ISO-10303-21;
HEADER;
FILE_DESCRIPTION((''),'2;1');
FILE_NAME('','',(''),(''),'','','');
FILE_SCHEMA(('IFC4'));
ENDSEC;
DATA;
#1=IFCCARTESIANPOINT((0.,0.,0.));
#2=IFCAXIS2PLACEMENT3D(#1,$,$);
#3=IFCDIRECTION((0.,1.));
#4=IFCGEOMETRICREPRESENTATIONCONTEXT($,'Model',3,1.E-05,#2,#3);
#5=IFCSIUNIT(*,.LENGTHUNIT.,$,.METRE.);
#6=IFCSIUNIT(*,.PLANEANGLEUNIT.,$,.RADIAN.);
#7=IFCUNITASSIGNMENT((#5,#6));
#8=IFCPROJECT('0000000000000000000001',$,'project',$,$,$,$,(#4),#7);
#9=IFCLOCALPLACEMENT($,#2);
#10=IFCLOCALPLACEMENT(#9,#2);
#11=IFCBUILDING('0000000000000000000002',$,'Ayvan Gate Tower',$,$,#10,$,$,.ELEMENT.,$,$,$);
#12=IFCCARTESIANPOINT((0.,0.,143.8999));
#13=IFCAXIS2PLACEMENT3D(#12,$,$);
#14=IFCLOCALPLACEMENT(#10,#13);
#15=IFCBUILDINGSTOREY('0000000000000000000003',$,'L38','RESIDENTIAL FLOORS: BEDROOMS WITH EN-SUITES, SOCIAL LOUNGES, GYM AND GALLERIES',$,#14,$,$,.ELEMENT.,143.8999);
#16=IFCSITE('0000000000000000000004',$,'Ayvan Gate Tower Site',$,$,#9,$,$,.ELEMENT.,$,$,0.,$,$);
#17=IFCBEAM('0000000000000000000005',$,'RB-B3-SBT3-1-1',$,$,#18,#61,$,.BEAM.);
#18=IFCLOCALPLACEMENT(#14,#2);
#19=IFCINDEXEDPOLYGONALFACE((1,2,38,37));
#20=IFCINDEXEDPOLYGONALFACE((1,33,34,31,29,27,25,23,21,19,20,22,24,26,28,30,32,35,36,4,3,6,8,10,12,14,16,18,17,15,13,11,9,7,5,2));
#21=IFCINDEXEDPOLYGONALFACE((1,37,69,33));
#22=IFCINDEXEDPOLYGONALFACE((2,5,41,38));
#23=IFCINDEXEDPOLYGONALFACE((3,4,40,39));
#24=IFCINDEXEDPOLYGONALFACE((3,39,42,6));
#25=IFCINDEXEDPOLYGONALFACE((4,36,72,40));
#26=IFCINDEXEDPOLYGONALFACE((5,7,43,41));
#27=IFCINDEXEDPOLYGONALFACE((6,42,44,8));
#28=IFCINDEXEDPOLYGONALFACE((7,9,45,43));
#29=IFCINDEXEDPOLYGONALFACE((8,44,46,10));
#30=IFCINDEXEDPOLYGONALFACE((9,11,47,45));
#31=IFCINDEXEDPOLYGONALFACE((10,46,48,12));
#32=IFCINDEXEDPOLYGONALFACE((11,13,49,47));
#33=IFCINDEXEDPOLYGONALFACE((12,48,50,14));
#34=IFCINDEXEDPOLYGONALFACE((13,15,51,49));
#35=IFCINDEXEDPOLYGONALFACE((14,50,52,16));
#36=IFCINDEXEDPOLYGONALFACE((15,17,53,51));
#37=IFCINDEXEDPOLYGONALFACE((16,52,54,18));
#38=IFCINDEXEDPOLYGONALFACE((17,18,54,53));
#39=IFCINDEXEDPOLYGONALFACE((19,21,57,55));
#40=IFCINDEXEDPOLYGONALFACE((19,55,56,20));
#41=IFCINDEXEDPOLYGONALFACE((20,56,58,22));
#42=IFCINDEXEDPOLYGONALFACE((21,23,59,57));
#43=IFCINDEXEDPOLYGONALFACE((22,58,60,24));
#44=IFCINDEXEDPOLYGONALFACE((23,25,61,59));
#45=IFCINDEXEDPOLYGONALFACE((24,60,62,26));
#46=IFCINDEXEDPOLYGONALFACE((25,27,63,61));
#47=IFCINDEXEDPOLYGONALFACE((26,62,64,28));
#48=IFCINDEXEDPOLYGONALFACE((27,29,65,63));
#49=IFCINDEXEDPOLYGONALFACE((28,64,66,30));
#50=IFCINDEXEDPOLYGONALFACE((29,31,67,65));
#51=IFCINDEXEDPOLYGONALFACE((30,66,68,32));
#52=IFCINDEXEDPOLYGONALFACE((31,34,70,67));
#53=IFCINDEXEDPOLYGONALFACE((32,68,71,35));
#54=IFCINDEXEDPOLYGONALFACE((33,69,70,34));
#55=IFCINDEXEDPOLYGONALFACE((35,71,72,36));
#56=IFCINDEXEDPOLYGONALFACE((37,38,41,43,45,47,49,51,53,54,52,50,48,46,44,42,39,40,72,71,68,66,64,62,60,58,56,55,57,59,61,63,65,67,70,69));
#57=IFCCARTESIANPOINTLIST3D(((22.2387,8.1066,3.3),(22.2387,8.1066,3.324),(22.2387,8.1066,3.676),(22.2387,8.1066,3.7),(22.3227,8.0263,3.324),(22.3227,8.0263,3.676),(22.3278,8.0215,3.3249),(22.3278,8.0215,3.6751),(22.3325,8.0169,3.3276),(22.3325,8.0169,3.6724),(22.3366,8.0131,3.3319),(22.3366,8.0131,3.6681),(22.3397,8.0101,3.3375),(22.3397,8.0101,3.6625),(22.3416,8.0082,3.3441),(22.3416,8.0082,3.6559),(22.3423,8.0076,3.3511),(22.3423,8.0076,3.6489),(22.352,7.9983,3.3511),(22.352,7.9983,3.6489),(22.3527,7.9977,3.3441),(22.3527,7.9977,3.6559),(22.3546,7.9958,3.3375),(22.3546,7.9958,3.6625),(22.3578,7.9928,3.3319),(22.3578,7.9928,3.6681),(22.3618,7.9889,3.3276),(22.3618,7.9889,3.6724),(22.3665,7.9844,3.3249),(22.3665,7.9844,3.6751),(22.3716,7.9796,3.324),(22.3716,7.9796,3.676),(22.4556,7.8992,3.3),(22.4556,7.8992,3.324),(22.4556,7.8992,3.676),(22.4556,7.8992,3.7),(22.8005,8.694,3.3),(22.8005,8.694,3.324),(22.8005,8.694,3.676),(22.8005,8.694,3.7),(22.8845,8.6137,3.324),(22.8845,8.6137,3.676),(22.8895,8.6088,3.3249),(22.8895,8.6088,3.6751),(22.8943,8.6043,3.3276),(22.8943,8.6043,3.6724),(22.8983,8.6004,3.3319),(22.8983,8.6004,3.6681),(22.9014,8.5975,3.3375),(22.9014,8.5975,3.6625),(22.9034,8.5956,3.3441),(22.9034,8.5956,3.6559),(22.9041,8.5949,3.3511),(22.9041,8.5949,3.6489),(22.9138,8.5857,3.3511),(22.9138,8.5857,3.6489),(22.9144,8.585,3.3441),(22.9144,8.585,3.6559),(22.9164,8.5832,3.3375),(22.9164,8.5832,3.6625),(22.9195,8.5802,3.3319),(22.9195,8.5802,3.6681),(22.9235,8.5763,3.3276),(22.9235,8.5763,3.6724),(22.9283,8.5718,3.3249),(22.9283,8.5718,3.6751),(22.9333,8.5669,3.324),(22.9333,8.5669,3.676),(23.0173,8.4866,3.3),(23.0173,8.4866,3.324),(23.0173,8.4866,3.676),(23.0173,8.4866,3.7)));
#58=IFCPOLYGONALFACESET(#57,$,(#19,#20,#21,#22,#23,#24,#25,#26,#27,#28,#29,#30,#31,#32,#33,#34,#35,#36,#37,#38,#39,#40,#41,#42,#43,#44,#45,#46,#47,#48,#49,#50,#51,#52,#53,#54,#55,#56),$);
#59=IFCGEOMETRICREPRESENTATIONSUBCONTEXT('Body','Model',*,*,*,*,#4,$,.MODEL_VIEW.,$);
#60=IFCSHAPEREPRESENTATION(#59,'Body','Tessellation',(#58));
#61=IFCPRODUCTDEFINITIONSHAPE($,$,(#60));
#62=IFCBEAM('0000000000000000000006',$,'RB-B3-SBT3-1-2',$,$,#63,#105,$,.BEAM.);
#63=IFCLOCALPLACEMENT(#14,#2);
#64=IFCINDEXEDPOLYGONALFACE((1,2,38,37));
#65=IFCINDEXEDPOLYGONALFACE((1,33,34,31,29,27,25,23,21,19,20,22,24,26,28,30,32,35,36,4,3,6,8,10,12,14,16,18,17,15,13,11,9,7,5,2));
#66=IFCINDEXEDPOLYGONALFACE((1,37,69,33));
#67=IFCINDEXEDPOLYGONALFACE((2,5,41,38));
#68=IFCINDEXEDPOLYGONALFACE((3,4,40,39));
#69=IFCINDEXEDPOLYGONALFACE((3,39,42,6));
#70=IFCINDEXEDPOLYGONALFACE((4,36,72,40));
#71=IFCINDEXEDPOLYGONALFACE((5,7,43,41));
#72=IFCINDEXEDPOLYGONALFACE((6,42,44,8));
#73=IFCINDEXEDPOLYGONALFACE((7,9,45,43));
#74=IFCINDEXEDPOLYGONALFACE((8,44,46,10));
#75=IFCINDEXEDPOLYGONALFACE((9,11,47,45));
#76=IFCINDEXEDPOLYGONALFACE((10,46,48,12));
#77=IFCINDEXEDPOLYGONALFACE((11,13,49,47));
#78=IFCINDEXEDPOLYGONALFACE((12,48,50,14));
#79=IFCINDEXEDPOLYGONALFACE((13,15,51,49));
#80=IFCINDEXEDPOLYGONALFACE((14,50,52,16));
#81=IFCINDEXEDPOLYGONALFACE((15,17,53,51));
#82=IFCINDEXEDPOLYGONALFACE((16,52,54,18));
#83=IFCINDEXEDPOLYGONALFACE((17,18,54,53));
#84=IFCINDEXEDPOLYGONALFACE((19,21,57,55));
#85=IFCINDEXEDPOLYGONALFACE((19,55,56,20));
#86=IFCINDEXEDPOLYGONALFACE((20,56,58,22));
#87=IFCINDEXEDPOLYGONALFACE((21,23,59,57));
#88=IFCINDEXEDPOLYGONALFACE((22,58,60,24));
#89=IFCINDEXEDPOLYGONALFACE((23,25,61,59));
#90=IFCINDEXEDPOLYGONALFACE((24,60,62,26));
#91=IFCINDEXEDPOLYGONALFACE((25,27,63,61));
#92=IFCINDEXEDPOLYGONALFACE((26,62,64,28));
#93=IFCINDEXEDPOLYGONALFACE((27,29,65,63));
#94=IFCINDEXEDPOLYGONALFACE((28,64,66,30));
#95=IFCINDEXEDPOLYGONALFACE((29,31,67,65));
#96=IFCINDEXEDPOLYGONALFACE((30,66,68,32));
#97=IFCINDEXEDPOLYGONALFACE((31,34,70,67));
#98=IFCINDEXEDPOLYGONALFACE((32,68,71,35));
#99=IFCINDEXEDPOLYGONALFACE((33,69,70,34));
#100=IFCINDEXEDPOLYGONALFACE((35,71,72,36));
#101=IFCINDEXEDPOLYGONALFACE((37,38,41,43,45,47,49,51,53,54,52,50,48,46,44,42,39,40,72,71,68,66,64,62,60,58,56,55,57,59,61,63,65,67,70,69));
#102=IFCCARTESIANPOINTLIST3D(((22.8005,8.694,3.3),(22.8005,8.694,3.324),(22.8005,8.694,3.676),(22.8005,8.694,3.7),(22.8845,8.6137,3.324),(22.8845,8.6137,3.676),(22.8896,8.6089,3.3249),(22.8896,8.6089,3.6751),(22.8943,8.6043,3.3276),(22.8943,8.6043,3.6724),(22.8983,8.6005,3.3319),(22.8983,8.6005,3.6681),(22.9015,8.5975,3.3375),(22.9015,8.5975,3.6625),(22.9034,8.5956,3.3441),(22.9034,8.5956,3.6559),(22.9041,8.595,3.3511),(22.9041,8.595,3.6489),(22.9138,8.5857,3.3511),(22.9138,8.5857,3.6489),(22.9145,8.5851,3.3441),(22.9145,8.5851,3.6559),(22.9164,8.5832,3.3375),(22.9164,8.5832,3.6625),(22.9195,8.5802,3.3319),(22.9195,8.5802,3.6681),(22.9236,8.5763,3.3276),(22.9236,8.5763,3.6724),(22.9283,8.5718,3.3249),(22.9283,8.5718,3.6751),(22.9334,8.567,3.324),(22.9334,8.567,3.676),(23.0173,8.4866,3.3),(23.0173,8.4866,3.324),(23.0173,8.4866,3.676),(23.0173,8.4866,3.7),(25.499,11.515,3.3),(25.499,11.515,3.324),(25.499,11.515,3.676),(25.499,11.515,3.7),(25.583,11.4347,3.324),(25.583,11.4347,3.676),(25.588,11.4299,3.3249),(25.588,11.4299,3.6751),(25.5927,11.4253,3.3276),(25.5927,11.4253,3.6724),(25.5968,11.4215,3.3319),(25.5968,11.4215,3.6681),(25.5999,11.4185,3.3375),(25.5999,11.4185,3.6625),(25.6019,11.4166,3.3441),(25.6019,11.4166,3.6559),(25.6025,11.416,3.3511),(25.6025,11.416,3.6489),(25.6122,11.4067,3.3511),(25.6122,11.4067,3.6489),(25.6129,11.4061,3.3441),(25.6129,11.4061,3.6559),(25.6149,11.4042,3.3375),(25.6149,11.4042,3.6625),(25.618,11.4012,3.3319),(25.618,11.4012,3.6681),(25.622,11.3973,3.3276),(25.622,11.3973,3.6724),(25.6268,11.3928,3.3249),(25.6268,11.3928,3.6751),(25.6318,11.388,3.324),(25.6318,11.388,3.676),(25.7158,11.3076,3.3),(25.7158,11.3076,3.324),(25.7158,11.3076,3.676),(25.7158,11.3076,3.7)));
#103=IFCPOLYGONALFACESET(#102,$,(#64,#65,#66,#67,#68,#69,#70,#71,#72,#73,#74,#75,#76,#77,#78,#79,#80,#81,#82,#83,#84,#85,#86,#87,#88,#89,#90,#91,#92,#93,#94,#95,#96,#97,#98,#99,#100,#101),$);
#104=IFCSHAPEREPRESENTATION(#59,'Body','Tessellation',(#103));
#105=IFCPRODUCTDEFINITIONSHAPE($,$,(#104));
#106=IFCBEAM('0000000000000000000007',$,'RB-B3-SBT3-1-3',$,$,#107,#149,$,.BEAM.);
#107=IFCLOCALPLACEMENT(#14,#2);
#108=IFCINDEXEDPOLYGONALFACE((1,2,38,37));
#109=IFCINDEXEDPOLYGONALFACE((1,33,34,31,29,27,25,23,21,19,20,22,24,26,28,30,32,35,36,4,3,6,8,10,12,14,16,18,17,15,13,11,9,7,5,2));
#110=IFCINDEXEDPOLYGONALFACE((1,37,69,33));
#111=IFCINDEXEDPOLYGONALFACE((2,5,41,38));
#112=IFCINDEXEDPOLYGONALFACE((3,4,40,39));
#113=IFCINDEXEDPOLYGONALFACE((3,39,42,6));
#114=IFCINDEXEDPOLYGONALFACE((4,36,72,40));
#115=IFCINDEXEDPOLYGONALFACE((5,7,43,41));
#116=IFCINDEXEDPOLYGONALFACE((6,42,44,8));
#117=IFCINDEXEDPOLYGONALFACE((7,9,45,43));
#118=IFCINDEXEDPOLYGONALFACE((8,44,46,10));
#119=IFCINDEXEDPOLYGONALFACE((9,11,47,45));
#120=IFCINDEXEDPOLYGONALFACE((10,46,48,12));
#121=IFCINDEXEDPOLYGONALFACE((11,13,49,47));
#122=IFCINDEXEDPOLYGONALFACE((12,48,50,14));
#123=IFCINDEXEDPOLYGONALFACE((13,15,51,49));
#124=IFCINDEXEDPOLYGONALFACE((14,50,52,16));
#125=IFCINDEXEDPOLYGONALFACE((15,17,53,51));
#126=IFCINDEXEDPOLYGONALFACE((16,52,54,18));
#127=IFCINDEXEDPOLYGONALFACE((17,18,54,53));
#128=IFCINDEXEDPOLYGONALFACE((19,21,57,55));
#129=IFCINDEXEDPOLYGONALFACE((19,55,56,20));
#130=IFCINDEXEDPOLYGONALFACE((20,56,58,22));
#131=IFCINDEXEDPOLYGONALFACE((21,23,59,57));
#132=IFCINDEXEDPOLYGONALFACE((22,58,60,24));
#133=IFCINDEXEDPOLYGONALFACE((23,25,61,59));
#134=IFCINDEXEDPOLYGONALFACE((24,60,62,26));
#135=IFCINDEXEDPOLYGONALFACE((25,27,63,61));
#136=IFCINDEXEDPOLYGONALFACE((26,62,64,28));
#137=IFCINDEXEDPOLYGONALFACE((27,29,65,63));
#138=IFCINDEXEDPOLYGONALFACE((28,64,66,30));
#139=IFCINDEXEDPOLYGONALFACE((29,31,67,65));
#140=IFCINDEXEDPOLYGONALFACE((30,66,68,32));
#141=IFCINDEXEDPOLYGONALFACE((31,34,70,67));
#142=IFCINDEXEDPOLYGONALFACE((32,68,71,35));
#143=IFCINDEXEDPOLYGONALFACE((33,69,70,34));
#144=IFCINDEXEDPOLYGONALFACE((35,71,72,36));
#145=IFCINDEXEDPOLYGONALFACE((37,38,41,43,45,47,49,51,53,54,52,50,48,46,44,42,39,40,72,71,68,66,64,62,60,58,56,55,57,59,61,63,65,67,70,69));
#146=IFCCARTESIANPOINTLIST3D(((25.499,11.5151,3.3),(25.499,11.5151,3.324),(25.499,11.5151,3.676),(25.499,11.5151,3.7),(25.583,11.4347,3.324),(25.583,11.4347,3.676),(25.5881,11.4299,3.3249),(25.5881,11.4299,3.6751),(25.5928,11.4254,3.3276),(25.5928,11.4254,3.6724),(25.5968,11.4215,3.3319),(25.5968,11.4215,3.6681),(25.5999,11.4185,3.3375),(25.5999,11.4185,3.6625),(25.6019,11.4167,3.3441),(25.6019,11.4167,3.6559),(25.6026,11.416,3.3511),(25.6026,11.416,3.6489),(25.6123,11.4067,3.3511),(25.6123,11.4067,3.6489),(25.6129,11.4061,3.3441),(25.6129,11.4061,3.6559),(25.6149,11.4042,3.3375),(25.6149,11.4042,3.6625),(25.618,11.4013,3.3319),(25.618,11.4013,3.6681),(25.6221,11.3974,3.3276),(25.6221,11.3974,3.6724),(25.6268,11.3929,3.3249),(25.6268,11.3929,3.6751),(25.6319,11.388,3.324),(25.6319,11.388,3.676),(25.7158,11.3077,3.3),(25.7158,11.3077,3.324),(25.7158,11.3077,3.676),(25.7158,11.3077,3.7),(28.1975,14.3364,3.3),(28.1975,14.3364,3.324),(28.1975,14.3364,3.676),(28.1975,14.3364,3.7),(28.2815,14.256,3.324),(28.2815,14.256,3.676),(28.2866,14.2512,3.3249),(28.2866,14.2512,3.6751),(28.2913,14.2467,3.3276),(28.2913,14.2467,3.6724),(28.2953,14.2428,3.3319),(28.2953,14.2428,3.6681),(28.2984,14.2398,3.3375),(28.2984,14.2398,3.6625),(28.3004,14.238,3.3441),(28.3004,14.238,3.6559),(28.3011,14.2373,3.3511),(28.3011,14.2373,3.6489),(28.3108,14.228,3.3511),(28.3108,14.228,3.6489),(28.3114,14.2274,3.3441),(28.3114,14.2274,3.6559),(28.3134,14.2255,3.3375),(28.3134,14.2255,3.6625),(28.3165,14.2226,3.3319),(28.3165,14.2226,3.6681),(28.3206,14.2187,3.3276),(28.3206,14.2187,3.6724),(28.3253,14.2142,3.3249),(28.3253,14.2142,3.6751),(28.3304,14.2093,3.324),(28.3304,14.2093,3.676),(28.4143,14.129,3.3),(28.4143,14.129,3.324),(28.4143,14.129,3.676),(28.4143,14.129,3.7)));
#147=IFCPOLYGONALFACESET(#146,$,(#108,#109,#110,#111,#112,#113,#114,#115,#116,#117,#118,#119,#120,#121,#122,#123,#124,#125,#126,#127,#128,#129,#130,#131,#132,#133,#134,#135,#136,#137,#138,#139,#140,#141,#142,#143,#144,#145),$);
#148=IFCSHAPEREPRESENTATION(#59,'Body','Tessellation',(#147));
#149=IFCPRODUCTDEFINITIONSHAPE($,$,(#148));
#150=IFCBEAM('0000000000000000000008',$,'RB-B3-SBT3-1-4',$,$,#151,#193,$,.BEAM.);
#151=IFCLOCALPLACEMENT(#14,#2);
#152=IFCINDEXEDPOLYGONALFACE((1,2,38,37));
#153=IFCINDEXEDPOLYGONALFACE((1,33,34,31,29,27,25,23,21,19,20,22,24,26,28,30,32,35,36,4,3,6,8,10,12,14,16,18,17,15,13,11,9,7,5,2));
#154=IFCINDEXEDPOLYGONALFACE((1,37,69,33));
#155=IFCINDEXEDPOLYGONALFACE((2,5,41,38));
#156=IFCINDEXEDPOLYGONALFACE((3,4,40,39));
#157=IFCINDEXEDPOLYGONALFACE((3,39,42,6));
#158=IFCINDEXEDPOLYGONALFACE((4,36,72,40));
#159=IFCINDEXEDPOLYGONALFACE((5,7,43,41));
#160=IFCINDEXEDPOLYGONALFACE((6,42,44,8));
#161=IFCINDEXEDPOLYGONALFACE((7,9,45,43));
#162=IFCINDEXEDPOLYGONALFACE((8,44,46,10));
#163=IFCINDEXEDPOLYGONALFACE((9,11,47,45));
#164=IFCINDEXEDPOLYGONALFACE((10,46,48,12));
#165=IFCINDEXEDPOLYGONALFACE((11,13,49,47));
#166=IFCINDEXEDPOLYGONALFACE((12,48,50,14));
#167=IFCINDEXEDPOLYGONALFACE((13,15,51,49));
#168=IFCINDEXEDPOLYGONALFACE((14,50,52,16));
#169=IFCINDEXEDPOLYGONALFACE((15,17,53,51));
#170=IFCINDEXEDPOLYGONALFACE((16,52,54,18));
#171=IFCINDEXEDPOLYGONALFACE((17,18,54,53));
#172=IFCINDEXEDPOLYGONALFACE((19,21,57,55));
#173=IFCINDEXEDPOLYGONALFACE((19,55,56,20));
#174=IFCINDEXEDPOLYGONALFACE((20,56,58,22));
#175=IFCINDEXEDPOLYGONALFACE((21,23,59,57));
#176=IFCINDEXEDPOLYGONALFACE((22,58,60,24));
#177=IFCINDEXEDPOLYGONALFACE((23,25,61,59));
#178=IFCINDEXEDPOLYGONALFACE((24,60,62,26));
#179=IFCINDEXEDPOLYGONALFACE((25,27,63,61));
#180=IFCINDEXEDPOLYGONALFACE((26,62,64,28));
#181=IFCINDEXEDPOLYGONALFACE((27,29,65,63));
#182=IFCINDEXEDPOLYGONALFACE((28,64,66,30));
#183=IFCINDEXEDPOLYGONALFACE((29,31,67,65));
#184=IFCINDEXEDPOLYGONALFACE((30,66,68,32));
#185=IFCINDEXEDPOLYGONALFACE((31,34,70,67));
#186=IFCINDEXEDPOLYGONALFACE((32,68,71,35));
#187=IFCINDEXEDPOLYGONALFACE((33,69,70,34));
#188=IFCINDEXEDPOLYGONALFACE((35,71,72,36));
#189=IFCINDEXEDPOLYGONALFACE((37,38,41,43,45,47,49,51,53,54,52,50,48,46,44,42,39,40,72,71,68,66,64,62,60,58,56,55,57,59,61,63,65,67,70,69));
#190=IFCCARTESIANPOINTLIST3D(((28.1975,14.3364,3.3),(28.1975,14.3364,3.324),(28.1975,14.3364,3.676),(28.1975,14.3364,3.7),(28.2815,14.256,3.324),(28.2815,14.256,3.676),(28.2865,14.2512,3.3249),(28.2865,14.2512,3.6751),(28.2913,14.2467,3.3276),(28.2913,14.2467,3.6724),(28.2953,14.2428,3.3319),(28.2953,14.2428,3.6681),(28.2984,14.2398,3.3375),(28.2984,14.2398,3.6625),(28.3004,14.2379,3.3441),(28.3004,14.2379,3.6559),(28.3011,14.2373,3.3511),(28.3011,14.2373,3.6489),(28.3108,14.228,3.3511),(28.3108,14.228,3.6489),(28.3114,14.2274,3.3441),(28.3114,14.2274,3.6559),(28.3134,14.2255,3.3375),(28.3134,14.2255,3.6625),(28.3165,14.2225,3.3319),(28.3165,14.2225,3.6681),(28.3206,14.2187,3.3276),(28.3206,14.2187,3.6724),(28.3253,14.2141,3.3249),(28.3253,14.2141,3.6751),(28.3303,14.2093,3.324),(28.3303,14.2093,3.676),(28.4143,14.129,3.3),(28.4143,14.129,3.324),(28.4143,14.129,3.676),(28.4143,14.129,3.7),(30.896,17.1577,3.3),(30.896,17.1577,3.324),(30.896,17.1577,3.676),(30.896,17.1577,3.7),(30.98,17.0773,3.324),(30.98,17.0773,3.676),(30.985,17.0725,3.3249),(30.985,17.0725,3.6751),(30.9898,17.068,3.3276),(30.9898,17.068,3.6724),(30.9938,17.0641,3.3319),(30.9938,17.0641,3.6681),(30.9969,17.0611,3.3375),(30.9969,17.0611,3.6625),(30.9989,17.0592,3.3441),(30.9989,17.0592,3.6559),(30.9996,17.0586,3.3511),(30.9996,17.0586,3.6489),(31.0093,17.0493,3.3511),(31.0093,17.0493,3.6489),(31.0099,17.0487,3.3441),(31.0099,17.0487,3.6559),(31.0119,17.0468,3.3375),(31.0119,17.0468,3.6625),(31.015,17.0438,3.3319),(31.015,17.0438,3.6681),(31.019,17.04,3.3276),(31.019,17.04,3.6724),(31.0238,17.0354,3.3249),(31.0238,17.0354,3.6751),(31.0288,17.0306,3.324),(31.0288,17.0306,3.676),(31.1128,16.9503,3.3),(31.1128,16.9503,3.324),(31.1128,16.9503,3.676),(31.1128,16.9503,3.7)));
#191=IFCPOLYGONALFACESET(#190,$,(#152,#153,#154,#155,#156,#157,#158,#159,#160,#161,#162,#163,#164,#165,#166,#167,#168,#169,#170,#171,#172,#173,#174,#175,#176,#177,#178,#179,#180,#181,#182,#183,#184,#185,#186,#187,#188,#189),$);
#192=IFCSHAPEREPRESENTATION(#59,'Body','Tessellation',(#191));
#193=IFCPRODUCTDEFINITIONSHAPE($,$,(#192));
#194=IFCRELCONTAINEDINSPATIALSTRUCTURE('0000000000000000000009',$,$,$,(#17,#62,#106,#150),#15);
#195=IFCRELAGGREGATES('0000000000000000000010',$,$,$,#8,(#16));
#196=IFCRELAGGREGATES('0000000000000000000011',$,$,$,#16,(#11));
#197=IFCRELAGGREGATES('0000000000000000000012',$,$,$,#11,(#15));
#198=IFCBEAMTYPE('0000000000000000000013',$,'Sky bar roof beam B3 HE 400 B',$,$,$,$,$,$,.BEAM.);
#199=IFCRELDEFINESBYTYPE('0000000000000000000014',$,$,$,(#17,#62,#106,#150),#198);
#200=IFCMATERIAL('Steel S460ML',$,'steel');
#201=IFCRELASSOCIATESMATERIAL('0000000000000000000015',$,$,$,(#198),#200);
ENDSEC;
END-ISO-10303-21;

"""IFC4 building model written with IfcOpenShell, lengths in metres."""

from ifc_helpers import new_model, si_unit, direction, frame, origin, origin_2d, place, context, subcontext, project, spatial, i_section, extrude, material, material_profile, profile_set, type_object, element, save


model = new_model("IFC4")

# Units and contexts
model_context = context("Model", 3, precision=1e-05, world=origin(), true_north=direction((0.0, 1.0)))
body_context = subcontext(model_context, "Body", "Model", "MODEL_VIEW")
ifc_project = project(units=[si_unit("LENGTHUNIT", "METRE"), si_unit("PLANEANGLEUNIT", "RADIAN")], contexts=[model_context])

# Site, building, storey
site_placement = place(None, origin())
site = spatial("IfcSite", under=ifc_project, at=site_placement, Name="Ayvan Gate Tower Site", CompositionType="ELEMENT", RefElevation=0.0)
building_placement = place(site_placement, origin())
building = spatial("IfcBuilding", under=site, at=building_placement, Name="Ayvan Gate Tower", CompositionType="ELEMENT")
storey_placement = place(building_placement, frame((0.0, 0.0, 143.8999)))
storey = spatial("IfcBuildingStorey", under=building, at=storey_placement, Name="L38", Description="RESIDENTIAL FLOORS: BEDROOMS WITH EN-SUITES, SOCIAL LOUNGES, GYM AND GALLERIES", CompositionType="ELEMENT", Elevation=143.8999)

# Beams
ifc_material_1 = material(Name="Steel S460ML", Category="steel")
ifc_material_profile_1 = material_profile(ifc_material_1, i_section(OverallWidth=0.3, OverallDepth=0.3999, WebThickness=0.0134, FlangeThickness=0.0239, FilletRadius=0.0271, at=origin_2d()), Name="HE 400 B")
ifc_profile_set_1 = profile_set([ifc_material_profile_1], Name="Steel S460ML")
beam_type = type_object("IfcBeamType", Name="Sky bar roof beam B3 HE 400 B", PredefinedType="BEAM", material=ifc_profile_set_1)
beam_1_placement = place(storey_placement, frame((22.3472, 8.0029, 3.5), z_axis=(0.691161, 0.722701, 0.0), x_axis=(-0.722701, 0.691161, 0.0)))
element("IfcBeam", 1, at=beam_1_placement, inside=storey, type_object=beam_type, Name="RB-B3-SBT3-1-1", PredefinedType="BEAM", context=body_context, shape_type="SweptSolid", body=[
    extrude(i_section(OverallWidth=0.3, OverallDepth=0.3999, WebThickness=0.0134, FlangeThickness=0.0239, FilletRadius=0.0271, at=origin_2d()), origin(), (0.0, 0.0, 1.0), 0.8127),
])
beam_2_placement = place(storey_placement, frame((22.9089, 8.5903, 3.5), z_axis=(0.691235, 0.72263, 0.0), x_axis=(-0.72263, 0.691235, 0.0)))
element("IfcBeam", 2, at=beam_2_placement, inside=storey, type_object=beam_type, Name="RB-B3-SBT3-1-2", PredefinedType="BEAM", context=body_context, shape_type="SweptSolid", body=[
    extrude(i_section(OverallWidth=0.3, OverallDepth=0.3999, WebThickness=0.0134, FlangeThickness=0.0239, FilletRadius=0.0271, at=origin_2d()), origin(), (0.0, 0.0, 1.0), 3.9038),
])
for number, where, z_axis, x_axis, name in (
    (3, (25.6074, 11.4114, 3.5), (0.691204, 0.72266, 0.0), (-0.72266, 0.691204, 0.0), "RB-B3-SBT3-1-3"),
    (4, (28.3059, 14.2327, 3.5), (0.691204, 0.72266, 0.0), (-0.72266, 0.691204, 0.0), "RB-B3-SBT3-1-4"),
):
    element("IfcBeam", number, at=place(storey_placement, frame(where, z_axis=z_axis, x_axis=x_axis)), inside=storey, type_object=beam_type, Name=name, PredefinedType="BEAM", context=body_context, shape_type="SweptSolid", body=[
        extrude(i_section(OverallWidth=0.3, OverallDepth=0.3999, WebThickness=0.0134, FlangeThickness=0.0239, FilletRadius=0.0271, at=origin_2d()), origin(), (0.0, 0.0, 1.0), 3.9041),
    ])

save(model, "model.ifc")
